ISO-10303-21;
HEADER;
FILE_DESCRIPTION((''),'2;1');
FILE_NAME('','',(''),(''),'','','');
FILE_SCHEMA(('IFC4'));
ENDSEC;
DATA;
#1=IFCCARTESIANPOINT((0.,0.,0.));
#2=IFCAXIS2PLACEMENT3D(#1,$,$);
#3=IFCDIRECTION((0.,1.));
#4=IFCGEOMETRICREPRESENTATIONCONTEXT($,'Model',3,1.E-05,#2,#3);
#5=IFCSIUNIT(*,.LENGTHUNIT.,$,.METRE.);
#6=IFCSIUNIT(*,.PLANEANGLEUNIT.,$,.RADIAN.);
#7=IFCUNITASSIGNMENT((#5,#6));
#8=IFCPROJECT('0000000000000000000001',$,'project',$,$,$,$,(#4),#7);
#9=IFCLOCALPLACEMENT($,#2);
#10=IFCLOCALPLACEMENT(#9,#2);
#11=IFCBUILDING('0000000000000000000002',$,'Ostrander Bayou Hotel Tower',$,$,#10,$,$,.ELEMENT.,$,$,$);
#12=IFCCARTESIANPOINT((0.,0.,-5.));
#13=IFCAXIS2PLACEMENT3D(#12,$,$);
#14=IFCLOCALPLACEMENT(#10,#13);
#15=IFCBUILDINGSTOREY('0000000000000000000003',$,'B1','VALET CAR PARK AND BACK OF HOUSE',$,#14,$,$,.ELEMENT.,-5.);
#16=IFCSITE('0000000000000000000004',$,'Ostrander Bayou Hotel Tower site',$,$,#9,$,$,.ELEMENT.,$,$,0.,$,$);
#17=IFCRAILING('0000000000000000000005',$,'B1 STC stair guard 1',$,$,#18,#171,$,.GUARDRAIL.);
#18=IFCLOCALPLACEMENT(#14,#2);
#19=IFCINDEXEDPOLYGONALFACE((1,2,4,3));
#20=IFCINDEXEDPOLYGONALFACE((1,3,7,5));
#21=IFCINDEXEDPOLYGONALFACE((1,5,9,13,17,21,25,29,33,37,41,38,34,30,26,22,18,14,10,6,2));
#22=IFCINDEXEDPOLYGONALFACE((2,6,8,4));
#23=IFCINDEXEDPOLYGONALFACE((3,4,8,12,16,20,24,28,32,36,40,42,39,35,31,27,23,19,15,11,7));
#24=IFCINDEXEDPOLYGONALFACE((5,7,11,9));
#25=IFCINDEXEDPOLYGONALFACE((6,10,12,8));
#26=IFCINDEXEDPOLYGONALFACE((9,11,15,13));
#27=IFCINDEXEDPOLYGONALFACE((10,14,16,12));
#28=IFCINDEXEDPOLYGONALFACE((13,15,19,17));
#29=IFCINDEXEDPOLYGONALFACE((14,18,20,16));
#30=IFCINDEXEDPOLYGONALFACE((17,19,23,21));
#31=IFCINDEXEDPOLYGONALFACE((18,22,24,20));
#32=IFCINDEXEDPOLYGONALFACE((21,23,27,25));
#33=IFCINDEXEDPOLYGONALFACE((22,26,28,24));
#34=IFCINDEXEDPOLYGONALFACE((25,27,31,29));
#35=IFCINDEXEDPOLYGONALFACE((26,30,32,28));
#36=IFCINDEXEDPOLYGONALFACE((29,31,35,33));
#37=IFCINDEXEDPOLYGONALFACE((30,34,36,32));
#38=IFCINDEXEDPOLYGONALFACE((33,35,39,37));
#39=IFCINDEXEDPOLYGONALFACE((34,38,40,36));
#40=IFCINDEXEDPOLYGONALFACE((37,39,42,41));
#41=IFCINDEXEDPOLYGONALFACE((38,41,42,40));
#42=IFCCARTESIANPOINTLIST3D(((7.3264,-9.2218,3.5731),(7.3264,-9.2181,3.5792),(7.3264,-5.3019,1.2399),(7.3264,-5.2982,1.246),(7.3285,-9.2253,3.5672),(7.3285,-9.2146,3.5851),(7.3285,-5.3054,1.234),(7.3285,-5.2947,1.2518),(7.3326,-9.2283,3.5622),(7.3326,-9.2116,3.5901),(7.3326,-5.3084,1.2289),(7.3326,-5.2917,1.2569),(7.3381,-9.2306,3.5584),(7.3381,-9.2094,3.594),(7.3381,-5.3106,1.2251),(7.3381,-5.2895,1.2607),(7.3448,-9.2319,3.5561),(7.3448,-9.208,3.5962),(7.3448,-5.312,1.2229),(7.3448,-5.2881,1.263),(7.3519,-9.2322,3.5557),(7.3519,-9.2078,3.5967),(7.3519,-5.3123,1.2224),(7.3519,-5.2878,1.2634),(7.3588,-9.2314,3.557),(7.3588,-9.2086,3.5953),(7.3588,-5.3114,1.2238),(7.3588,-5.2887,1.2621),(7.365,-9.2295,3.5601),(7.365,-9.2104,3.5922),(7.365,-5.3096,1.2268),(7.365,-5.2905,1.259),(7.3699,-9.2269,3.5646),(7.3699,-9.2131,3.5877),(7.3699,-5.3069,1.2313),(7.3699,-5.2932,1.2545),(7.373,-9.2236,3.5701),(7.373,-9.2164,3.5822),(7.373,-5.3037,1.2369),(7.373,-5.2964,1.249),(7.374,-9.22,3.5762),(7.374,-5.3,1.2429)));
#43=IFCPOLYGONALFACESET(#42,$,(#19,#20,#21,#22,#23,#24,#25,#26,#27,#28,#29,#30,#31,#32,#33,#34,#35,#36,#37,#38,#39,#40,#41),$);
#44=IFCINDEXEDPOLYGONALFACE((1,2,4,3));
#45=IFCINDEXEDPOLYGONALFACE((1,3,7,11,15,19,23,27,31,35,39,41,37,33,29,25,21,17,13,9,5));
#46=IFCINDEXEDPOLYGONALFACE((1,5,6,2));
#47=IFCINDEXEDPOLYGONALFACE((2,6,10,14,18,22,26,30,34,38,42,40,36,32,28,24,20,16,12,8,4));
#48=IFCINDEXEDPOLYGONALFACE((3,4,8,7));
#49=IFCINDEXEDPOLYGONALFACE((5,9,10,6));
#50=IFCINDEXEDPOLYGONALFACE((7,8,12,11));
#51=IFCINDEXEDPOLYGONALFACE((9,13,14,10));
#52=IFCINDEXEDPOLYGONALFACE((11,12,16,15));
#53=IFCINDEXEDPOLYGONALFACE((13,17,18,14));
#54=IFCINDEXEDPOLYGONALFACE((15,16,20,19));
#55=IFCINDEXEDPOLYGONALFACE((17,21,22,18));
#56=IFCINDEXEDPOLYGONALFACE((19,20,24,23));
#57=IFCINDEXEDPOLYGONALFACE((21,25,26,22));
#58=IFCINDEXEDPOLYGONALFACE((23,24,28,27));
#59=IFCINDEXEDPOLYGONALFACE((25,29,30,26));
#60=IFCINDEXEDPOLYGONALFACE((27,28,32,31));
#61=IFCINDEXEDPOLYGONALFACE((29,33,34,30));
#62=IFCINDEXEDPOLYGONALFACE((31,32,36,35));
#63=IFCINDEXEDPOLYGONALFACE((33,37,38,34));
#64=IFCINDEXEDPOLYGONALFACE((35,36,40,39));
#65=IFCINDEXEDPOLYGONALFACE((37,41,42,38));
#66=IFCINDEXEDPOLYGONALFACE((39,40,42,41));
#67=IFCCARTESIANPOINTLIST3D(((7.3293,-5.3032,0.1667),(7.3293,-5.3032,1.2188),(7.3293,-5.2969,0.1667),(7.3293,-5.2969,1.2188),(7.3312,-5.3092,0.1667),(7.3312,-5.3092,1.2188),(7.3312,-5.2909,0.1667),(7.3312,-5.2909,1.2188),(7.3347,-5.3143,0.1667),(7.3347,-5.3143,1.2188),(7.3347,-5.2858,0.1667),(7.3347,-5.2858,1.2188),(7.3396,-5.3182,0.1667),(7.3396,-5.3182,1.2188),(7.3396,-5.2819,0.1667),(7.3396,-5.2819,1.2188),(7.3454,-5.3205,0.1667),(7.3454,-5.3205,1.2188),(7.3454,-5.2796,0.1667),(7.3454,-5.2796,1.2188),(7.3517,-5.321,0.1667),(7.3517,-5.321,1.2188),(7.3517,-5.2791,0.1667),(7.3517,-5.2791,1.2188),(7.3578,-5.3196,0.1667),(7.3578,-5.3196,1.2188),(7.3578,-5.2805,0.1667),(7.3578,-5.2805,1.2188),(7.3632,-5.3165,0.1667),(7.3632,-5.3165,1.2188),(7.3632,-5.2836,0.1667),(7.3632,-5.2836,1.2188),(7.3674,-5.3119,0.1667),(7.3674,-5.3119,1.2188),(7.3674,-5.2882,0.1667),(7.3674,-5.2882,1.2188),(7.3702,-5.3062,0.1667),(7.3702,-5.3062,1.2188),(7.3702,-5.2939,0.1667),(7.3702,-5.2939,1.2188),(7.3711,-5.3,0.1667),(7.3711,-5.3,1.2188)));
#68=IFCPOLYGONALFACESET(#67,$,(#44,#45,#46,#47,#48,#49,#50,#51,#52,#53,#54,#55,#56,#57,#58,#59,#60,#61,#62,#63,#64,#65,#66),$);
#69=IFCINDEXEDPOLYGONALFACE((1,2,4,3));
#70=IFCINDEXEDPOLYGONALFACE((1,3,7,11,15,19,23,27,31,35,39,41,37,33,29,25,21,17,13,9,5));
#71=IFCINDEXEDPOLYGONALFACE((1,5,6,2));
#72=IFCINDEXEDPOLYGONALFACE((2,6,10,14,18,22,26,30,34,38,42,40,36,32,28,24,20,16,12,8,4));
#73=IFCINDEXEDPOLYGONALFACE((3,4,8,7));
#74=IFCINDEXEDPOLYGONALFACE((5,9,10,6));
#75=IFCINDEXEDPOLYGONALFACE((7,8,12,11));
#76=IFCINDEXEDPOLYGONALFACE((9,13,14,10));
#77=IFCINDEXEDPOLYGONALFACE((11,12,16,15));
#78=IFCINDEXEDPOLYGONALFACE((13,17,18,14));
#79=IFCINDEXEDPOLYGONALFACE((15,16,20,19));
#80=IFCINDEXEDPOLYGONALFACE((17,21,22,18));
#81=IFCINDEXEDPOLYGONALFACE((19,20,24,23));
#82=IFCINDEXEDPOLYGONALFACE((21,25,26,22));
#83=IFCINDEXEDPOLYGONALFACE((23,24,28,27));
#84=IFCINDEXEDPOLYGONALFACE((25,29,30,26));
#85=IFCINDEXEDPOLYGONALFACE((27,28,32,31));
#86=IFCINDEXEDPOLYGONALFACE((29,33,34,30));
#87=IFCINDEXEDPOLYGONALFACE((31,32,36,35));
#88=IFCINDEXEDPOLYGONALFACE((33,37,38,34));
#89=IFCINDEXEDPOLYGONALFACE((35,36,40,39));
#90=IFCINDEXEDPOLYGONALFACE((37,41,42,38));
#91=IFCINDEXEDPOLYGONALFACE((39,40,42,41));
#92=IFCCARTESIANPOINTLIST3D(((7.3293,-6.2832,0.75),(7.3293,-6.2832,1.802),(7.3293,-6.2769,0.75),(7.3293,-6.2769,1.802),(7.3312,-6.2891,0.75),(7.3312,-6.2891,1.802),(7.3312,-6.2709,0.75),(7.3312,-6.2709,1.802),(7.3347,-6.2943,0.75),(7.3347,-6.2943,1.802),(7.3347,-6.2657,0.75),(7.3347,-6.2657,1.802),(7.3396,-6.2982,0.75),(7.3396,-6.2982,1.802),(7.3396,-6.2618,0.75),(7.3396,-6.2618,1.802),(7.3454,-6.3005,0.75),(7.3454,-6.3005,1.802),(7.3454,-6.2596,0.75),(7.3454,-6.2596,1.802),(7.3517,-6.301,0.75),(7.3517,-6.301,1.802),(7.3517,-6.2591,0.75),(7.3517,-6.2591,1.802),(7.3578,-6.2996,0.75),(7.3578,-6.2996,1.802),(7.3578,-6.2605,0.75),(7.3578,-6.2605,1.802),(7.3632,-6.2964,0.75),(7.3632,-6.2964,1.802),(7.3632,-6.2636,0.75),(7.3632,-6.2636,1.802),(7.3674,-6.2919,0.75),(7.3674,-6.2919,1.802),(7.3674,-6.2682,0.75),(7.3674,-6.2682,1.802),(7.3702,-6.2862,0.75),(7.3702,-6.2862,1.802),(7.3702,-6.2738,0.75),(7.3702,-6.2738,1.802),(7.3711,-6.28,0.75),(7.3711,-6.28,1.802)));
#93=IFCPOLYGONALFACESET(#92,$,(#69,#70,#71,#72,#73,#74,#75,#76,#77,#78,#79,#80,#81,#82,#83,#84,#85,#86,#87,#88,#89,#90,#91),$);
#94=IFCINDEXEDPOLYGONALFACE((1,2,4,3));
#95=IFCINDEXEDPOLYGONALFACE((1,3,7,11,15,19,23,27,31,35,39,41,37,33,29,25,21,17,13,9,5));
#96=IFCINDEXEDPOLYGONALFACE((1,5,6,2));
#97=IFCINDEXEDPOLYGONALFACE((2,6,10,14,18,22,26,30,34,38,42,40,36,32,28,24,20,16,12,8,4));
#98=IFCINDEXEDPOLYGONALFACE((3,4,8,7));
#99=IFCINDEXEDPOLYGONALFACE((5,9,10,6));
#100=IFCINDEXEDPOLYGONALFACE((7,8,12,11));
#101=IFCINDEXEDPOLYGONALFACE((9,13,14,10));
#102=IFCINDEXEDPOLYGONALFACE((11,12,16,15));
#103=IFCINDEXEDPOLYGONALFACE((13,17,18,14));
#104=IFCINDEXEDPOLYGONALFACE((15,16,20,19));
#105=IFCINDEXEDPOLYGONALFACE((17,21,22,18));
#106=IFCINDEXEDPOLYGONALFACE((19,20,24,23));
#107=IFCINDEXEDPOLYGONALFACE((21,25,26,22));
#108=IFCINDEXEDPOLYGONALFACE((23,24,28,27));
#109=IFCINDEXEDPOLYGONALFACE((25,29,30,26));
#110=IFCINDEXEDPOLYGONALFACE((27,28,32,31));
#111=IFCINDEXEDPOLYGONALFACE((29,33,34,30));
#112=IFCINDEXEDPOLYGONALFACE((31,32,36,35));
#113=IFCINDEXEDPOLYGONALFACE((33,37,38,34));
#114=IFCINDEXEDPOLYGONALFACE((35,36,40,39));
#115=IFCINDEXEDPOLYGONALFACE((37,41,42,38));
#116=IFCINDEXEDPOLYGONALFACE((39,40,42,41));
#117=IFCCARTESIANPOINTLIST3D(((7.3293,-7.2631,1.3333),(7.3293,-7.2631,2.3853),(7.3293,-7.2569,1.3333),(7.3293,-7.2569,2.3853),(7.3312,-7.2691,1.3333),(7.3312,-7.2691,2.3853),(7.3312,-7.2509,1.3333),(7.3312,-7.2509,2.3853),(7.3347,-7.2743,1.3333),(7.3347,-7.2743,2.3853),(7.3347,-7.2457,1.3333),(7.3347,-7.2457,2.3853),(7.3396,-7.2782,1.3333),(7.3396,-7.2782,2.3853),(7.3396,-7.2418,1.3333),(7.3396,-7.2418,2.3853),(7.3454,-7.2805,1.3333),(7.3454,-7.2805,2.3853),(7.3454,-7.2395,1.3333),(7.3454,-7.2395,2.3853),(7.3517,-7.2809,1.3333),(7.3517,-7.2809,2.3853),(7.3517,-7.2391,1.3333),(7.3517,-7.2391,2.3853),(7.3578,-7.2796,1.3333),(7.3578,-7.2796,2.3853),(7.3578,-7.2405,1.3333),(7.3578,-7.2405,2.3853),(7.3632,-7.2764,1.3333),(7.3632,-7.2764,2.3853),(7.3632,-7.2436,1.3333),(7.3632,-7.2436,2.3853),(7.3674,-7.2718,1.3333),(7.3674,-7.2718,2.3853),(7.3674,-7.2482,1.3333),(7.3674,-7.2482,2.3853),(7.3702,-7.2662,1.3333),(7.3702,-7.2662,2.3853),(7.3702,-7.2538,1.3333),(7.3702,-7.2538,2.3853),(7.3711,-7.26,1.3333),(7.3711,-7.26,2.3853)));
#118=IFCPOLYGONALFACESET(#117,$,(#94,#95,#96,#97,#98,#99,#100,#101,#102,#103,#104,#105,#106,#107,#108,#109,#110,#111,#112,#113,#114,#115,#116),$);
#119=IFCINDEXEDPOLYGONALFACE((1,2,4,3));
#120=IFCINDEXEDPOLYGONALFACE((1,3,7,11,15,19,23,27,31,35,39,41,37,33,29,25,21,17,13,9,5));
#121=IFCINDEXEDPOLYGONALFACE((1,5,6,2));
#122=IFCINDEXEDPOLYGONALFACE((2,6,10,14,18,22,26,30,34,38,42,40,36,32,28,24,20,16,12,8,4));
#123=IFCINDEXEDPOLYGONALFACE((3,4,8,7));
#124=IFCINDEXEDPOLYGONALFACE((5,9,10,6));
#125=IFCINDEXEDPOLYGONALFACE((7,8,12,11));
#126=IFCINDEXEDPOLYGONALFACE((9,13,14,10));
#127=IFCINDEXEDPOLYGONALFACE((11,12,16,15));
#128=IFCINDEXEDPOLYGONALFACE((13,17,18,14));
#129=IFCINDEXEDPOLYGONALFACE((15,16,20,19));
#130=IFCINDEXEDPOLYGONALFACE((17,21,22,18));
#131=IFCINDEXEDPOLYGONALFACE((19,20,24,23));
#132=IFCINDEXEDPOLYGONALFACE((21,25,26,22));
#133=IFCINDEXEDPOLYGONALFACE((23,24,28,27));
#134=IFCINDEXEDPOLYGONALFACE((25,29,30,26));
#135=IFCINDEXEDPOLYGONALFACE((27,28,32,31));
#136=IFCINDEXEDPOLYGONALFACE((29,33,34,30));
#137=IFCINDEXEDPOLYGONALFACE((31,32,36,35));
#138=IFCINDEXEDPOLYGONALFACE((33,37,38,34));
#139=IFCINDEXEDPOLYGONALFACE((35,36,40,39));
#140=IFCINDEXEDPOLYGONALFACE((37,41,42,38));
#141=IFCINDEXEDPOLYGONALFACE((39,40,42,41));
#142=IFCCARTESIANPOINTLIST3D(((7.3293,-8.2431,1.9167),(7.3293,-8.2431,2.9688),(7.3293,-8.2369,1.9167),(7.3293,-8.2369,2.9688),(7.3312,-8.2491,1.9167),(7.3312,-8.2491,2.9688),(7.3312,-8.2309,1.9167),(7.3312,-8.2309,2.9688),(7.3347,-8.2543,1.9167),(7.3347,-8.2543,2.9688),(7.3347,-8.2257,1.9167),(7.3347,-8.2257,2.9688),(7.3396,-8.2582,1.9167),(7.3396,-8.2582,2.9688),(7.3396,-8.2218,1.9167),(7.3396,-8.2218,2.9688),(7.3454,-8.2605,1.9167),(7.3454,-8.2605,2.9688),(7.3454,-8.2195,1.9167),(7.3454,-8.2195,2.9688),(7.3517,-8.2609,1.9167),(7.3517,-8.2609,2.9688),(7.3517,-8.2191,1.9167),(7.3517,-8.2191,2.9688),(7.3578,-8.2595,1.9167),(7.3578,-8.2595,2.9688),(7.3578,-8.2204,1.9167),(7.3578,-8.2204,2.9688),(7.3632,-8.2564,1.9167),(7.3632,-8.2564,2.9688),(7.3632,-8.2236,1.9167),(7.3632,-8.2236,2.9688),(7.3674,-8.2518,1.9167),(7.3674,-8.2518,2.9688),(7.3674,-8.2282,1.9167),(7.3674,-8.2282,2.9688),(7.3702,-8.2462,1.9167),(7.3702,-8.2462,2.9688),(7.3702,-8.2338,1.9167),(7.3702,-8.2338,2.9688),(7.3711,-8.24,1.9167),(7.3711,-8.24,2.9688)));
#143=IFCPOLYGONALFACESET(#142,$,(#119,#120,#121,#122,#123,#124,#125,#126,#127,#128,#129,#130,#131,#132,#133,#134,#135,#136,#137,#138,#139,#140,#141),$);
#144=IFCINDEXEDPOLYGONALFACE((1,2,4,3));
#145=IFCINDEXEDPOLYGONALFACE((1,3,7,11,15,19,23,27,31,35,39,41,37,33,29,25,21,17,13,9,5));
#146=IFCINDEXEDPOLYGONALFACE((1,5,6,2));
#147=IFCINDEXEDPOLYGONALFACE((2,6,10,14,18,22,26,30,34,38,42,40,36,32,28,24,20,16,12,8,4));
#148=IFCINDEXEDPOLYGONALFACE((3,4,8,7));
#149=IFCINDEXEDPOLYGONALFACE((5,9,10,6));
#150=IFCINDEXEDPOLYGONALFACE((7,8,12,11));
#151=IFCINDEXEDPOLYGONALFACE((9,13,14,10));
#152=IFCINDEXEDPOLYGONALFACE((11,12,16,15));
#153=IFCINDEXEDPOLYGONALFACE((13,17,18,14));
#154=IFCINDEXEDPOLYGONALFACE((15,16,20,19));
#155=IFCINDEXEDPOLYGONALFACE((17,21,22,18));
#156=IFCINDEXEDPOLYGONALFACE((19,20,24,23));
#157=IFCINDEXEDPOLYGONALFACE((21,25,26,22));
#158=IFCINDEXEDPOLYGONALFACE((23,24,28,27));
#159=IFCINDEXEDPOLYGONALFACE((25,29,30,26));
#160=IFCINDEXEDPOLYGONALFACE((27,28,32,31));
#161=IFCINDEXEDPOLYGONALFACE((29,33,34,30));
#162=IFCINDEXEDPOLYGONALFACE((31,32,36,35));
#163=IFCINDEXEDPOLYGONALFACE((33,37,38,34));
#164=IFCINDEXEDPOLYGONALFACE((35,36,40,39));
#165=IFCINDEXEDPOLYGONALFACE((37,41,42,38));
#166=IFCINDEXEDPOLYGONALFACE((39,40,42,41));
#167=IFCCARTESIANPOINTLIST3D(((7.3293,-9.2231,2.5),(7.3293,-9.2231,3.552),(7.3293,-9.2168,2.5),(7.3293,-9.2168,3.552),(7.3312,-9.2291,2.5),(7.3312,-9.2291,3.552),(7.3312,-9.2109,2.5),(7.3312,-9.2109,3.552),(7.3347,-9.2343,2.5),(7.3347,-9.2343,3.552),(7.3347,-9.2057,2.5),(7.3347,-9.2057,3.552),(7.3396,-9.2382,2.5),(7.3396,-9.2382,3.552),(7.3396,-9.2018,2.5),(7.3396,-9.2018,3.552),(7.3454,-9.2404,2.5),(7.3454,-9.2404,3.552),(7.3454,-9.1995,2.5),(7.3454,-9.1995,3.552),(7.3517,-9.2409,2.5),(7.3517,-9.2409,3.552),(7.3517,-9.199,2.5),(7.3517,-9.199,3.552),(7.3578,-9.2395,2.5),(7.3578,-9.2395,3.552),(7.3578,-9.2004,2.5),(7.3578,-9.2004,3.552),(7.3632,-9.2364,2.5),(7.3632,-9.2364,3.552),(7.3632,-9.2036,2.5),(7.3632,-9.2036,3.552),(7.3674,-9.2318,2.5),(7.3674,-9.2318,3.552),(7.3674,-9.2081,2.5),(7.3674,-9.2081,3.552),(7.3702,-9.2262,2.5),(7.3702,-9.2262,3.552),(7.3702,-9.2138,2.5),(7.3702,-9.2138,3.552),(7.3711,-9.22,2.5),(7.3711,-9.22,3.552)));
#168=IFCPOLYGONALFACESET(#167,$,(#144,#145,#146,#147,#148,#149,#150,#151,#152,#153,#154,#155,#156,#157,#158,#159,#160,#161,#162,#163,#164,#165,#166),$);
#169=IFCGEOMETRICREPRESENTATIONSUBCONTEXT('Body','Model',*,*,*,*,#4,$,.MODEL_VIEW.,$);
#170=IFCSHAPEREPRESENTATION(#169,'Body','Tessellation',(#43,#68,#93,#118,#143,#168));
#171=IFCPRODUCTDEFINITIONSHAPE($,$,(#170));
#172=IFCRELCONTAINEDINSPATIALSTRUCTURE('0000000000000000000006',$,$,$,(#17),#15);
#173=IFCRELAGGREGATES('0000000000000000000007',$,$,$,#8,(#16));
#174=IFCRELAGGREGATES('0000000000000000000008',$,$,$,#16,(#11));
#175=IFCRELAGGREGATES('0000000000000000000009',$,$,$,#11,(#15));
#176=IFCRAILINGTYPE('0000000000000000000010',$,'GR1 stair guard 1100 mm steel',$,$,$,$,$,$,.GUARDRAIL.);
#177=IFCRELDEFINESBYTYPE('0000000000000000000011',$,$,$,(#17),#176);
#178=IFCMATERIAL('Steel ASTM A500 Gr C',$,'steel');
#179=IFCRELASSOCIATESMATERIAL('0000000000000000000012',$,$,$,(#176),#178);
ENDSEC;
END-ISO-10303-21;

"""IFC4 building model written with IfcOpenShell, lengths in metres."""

from ifc_helpers import new_model, si_unit, direction, frame, origin, origin_2d, place, context, subcontext, project, spatial, circle, extrude, material, type_object, element, save


model = new_model("IFC4")

# Units and contexts
model_context = context("Model", 3, precision=1e-05, world=origin(), true_north=direction((0.0, 1.0)))
body_context = subcontext(model_context, "Body", "Model", "MODEL_VIEW")
ifc_project = project(units=[si_unit("LENGTHUNIT", "METRE"), si_unit("PLANEANGLEUNIT", "RADIAN")], contexts=[model_context])

# Site, building, storey
site_placement = place(None, origin())
site = spatial("IfcSite", under=ifc_project, at=site_placement, Name="Ostrander Bayou Hotel Tower site", CompositionType="ELEMENT", RefElevation=0.0)
building_placement = place(site_placement, origin())
building = spatial("IfcBuilding", under=site, at=building_placement, Name="Ostrander Bayou Hotel Tower", CompositionType="ELEMENT")
storey_placement = place(building_placement, frame((0.0, 0.0, -5.0)))
storey = spatial("IfcBuildingStorey", under=building, at=storey_placement, Name="B1", Description="VALET CAR PARK AND BACK OF HOUSE", CompositionType="ELEMENT", Elevation=-5.0)

# Railing
ifc_material_1 = material(Name="Steel ASTM A500 Gr C", Category="steel")
railing_type_1 = type_object("IfcRailingType", Name="GR1 stair guard 1100 mm steel", PredefinedType="GUARDRAIL", material=ifc_material_1)
railing_1_placement = place(storey_placement, frame((7.3501, -5.3, 0.1667)))
element("IfcRailing", 1, at=railing_1_placement, inside=storey, type_object=railing_type_1, Name="B1 STC stair guard 1", PredefinedType="GUARDRAIL", context=body_context, shape_type="SweptSolid", body=[
    extrude(circle(Radius=0.0239, at=origin_2d()), frame((0.0, 0.0, 1.0762), z_axis=(0.0, -0.859296, 0.511478), x_axis=(1.0, 0.0, 0.0)), (0.0, 0.0, 1.0), 4.5618),
    extrude(circle(Radius=0.021, at=origin_2d()), origin(), (0.0, 0.0, 1.0), 1.052),
    extrude(circle(Radius=0.021, at=origin_2d()), frame((0.0, -0.98, 0.5833)), (0.0, 0.0, 1.0), 1.052),
    extrude(circle(Radius=0.021, at=origin_2d()), frame((0.0, -1.96, 1.1665)), (0.0, 0.0, 1.0), 1.052),
    extrude(circle(Radius=0.021, at=origin_2d()), frame((0.0, -2.9399, 1.75)), (0.0, 0.0, 1.0), 1.052),
    extrude(circle(Radius=0.021, at=origin_2d()), frame((0.0, -3.9199, 2.3333)), (0.0, 0.0, 1.0), 1.052),
])

save(model, "model.ifc")
